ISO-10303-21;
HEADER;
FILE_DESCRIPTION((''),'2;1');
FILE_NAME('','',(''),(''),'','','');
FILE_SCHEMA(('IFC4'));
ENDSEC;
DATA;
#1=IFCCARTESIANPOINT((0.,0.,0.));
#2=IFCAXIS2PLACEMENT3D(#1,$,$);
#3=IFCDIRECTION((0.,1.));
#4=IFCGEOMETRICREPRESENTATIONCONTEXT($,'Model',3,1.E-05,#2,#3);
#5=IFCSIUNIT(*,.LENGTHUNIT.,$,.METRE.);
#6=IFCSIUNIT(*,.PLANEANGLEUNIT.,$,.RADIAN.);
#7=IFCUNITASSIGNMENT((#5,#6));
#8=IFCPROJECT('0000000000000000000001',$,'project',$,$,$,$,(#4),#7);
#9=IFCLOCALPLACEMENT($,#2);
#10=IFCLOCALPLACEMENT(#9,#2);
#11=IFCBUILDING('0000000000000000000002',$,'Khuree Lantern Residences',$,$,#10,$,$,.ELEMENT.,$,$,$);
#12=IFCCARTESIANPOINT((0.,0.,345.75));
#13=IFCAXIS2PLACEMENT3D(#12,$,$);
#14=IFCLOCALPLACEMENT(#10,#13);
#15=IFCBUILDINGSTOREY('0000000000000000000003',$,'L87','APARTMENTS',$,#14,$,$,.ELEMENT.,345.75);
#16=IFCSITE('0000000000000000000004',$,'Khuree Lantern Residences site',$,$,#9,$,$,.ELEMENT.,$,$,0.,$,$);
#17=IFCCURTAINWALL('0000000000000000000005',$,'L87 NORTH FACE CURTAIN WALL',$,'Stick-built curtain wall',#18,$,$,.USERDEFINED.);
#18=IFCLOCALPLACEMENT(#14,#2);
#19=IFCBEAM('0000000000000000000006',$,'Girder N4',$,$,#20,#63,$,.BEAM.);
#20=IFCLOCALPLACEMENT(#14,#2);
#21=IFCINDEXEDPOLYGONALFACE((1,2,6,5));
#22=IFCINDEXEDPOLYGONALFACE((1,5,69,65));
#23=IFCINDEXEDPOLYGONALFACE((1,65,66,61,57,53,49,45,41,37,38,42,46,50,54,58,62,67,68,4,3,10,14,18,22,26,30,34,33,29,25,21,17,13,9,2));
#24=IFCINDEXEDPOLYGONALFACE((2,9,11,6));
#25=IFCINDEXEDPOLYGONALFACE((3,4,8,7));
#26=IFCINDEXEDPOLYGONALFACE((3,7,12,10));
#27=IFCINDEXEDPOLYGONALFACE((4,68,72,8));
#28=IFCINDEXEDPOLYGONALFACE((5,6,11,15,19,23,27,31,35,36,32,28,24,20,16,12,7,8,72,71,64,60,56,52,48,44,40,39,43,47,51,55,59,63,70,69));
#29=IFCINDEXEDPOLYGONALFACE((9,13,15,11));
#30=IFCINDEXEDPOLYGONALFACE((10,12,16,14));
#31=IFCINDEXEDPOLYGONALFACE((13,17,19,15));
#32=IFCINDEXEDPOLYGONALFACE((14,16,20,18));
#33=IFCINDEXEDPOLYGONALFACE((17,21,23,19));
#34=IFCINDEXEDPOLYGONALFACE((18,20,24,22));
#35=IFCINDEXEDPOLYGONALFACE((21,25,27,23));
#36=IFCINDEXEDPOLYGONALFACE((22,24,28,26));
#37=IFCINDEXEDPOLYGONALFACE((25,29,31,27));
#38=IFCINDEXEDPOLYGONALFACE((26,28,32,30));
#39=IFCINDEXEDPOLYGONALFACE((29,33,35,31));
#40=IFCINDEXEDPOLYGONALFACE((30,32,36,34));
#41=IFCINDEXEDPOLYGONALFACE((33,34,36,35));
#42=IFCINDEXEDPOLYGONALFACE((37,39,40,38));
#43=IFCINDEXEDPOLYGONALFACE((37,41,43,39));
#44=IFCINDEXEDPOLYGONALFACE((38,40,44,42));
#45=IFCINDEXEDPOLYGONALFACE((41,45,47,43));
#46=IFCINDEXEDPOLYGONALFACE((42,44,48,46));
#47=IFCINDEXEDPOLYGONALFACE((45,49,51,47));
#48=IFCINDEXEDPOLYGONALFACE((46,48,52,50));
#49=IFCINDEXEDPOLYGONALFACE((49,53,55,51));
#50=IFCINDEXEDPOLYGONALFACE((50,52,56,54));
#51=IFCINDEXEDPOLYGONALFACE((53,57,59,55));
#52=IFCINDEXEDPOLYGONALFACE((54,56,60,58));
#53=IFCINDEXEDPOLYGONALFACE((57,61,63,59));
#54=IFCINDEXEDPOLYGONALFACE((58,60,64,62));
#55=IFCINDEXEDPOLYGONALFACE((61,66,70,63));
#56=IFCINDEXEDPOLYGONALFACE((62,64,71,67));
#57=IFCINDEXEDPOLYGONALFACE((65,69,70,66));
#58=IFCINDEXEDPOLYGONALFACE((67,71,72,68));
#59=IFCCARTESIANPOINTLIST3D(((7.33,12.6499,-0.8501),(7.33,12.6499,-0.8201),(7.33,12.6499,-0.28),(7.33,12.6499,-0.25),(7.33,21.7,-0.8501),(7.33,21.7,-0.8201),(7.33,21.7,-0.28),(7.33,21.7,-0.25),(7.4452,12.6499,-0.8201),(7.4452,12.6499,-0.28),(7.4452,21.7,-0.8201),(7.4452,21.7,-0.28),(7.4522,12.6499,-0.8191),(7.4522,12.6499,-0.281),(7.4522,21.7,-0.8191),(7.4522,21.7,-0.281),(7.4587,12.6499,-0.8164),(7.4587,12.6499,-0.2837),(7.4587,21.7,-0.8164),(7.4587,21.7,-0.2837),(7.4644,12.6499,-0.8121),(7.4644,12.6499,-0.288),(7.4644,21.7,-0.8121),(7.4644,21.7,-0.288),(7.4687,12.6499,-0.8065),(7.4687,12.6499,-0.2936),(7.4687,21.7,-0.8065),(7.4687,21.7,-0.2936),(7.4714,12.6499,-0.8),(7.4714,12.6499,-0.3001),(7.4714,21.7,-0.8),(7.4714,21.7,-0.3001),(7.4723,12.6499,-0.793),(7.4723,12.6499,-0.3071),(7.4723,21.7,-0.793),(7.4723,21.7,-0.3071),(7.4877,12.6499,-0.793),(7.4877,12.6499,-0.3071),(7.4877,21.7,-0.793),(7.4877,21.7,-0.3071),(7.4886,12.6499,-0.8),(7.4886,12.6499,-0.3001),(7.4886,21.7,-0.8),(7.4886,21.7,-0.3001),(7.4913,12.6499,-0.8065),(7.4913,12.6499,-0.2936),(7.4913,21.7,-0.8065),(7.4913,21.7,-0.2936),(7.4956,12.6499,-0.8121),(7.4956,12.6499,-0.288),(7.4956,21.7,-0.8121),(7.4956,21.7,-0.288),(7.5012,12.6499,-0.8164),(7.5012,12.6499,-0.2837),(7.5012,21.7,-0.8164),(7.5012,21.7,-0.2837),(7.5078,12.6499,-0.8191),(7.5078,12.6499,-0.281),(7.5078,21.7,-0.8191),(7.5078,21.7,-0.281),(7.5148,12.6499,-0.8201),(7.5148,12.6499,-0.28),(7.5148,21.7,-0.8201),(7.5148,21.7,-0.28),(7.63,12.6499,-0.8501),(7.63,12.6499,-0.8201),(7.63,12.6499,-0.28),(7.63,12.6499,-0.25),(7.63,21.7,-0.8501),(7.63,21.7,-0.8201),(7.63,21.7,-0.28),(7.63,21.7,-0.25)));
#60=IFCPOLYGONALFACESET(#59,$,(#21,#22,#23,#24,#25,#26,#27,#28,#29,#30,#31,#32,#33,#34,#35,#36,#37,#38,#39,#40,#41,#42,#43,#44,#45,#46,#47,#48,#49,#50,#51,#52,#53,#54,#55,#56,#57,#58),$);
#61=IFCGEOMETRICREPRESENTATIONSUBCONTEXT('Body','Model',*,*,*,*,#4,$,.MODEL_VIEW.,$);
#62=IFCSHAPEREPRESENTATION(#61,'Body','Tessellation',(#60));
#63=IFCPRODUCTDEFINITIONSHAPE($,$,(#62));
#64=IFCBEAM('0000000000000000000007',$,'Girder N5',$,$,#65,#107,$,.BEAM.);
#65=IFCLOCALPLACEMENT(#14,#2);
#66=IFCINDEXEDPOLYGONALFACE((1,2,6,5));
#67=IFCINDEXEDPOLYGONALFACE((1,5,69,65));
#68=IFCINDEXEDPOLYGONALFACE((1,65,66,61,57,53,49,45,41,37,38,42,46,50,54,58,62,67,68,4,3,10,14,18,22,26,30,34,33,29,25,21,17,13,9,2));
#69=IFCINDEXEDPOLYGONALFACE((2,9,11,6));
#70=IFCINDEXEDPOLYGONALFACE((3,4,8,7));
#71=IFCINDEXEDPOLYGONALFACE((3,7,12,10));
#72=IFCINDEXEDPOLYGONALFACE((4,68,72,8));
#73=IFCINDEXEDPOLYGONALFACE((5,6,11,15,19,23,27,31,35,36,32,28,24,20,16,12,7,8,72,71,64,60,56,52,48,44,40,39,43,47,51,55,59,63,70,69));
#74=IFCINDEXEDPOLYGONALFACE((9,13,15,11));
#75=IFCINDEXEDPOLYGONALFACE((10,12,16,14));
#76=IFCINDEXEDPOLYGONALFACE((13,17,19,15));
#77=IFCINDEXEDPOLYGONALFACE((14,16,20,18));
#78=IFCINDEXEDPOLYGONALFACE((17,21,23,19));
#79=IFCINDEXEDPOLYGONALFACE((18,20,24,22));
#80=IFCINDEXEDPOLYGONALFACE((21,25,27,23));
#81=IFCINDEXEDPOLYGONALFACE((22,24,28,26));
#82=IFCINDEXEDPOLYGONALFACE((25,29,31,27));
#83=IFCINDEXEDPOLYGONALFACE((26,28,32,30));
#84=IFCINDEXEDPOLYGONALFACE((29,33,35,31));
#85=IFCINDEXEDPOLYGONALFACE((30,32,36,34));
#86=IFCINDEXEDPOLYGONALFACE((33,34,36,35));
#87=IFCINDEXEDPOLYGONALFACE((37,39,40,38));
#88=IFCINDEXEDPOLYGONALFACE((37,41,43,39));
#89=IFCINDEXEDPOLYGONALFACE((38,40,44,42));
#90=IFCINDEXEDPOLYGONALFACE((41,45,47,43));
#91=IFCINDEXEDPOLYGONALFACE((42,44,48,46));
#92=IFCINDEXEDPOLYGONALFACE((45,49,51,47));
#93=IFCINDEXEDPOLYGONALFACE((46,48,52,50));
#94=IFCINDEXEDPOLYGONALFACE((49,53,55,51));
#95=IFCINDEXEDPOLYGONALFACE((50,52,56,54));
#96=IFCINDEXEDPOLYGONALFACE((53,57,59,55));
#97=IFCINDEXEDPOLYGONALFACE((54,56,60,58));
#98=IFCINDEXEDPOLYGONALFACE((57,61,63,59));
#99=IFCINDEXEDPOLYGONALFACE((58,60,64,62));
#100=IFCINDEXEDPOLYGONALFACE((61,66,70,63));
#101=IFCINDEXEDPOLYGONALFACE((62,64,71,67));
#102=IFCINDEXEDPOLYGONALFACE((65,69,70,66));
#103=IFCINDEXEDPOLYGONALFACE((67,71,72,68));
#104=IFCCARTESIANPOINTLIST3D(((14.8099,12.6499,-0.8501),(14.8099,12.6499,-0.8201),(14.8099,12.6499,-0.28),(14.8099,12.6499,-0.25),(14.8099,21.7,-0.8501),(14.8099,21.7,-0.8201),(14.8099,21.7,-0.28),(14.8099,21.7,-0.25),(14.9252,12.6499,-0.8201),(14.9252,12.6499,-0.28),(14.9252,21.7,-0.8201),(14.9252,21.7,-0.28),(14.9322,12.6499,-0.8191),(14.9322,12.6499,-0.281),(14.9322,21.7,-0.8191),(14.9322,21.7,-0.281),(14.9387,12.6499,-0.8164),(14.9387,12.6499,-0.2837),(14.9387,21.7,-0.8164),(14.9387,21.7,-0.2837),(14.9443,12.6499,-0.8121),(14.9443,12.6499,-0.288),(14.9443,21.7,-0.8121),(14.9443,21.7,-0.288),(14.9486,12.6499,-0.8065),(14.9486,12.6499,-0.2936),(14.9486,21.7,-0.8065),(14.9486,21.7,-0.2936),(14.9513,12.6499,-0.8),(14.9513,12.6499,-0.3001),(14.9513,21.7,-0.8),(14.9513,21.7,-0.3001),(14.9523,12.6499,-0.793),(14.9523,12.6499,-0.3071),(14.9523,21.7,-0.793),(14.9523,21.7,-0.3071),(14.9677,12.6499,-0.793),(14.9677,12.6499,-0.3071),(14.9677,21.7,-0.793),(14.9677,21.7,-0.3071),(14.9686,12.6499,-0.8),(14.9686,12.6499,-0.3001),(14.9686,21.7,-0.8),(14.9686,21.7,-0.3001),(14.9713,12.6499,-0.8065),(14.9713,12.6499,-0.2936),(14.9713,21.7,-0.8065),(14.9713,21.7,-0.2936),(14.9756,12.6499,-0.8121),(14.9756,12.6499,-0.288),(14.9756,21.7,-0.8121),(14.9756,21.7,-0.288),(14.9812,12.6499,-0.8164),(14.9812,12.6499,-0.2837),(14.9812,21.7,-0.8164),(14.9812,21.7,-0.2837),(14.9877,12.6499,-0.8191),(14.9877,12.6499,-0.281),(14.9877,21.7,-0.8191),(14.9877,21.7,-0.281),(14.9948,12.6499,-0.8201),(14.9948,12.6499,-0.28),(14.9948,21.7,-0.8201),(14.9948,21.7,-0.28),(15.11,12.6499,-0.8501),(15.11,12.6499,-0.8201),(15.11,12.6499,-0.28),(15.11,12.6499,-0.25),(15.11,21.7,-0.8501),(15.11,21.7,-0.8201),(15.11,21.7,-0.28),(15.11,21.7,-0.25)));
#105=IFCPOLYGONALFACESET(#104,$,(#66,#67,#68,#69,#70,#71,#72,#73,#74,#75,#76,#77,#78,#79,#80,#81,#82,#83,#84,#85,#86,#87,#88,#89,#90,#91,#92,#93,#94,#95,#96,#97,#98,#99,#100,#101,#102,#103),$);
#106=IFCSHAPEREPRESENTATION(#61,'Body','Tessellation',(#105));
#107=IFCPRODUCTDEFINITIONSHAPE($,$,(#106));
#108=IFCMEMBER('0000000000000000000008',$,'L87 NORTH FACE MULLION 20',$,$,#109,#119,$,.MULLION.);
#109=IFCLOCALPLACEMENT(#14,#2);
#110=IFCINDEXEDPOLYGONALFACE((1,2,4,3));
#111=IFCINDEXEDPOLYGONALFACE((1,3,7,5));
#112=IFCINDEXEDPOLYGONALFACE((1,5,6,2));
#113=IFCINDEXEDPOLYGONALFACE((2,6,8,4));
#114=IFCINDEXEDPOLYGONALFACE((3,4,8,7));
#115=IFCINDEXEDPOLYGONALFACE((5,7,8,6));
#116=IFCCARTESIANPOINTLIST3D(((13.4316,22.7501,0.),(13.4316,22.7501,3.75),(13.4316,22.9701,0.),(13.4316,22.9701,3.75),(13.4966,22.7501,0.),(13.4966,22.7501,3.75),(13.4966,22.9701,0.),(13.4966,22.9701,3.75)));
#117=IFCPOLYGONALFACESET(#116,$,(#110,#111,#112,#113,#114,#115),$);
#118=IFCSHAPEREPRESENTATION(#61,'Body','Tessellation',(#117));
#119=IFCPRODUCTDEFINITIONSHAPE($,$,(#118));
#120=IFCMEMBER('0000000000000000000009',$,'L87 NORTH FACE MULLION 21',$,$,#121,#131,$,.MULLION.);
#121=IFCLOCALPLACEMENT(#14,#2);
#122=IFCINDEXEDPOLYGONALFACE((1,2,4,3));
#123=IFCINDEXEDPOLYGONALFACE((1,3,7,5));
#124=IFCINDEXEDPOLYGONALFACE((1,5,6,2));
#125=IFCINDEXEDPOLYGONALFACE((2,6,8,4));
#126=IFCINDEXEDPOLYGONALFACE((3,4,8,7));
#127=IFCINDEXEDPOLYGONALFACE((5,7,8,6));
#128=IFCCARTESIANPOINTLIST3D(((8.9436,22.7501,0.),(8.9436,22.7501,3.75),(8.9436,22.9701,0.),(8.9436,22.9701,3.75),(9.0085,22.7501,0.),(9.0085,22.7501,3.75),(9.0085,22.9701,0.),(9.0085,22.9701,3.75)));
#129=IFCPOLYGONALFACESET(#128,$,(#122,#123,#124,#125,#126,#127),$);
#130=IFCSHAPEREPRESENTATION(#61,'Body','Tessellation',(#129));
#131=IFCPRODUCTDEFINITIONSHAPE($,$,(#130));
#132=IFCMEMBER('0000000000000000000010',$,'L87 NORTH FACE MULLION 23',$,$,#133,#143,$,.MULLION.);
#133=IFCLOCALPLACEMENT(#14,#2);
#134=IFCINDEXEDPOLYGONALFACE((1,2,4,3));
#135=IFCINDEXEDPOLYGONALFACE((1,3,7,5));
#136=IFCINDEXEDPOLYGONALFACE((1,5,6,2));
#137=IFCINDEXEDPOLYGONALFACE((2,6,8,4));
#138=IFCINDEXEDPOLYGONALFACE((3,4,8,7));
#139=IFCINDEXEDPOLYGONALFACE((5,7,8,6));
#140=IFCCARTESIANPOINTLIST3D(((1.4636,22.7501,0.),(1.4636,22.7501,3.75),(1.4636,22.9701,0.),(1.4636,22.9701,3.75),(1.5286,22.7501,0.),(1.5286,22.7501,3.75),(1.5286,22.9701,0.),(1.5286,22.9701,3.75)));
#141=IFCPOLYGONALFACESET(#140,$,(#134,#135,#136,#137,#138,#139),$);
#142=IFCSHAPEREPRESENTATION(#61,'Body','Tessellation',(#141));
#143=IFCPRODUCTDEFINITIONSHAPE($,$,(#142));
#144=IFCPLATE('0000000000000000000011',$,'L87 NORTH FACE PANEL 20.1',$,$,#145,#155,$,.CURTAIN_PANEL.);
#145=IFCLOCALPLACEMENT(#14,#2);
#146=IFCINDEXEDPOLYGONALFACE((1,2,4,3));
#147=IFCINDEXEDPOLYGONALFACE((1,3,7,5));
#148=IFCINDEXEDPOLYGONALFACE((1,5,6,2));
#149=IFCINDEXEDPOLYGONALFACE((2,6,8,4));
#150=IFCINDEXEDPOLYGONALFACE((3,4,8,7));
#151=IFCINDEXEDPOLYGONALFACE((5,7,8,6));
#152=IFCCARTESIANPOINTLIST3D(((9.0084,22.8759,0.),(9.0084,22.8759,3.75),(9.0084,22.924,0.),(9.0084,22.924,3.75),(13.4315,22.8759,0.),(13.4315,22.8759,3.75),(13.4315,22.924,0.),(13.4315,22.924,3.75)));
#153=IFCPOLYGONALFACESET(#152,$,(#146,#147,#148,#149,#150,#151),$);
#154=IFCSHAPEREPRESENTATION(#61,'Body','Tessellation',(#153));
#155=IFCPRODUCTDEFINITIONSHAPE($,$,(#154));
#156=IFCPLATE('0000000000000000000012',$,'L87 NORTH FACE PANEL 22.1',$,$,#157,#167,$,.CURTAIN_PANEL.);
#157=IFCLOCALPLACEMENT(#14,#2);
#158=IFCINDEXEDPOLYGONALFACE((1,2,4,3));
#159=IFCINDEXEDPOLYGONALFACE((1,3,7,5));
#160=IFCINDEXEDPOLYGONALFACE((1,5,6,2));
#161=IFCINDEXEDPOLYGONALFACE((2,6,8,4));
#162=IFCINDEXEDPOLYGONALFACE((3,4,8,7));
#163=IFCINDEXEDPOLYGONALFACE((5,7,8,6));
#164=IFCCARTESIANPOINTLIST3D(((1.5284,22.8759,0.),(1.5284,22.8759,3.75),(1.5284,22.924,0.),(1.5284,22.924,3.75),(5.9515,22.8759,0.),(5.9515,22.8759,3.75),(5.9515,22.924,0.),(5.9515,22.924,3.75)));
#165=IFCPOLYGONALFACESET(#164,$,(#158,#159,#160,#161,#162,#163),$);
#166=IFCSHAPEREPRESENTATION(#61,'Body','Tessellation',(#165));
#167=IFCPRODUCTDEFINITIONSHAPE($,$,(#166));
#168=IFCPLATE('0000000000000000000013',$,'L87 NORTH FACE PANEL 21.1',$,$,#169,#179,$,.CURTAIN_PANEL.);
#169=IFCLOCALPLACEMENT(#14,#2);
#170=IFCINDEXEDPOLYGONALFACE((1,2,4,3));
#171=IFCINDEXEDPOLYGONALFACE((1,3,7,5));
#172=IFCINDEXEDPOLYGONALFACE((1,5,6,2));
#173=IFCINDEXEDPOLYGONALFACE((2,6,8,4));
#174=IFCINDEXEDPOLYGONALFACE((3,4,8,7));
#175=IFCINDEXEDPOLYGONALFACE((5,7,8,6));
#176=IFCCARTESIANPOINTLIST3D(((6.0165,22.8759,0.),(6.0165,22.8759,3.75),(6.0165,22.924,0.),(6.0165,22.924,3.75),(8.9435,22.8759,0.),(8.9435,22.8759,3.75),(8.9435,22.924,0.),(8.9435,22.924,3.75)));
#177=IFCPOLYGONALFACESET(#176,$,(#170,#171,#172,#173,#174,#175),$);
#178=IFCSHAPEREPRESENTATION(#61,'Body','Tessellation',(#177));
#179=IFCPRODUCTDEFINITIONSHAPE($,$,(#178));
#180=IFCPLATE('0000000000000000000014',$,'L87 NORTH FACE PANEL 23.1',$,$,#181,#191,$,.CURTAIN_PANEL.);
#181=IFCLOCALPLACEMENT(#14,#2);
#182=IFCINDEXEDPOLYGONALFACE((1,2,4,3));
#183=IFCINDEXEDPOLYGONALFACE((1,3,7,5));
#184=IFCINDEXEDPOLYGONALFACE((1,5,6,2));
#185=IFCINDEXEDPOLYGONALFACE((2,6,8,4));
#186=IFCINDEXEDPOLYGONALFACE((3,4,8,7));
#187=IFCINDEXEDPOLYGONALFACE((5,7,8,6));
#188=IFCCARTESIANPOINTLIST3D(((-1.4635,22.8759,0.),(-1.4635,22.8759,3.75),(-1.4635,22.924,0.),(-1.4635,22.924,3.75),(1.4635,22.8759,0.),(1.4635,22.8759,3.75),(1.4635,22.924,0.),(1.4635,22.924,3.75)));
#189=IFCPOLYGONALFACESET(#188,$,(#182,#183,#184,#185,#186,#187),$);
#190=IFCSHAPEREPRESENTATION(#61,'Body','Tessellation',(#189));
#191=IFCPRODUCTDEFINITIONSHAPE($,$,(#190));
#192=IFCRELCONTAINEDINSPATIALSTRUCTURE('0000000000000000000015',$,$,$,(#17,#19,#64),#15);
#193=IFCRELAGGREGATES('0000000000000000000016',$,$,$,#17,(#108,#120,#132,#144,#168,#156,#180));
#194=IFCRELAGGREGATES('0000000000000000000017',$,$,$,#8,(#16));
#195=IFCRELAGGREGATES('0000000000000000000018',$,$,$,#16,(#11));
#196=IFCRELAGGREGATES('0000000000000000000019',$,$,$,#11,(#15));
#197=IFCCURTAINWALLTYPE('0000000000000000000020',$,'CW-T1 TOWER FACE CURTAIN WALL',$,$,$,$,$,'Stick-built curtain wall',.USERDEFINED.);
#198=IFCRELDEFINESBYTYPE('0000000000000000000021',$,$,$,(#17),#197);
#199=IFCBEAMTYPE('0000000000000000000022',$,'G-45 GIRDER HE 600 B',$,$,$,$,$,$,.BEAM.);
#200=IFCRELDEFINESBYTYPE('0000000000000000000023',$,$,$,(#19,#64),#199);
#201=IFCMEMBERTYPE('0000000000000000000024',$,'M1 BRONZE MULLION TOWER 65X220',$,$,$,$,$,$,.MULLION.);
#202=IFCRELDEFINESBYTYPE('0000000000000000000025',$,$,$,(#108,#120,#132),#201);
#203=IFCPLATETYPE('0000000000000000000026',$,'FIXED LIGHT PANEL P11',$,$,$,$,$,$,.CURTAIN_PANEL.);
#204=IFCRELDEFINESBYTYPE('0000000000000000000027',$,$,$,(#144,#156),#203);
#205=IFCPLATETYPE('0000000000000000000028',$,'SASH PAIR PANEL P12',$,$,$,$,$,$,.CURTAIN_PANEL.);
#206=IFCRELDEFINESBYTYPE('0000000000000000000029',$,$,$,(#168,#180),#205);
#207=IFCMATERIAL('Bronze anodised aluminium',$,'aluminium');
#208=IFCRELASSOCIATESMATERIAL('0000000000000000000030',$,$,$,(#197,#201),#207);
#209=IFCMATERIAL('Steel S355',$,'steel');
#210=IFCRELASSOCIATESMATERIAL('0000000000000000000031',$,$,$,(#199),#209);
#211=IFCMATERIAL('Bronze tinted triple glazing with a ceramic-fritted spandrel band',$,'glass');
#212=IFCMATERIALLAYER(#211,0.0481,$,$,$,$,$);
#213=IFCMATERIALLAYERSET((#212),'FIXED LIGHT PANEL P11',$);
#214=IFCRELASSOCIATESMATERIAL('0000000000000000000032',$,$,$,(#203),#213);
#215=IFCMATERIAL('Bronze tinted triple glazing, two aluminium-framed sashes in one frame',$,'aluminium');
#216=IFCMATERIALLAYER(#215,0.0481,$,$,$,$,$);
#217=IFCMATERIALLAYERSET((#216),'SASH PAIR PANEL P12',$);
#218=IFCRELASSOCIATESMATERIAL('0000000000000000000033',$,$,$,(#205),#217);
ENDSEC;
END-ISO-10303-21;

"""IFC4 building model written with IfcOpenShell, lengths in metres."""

from ifc_helpers import new_model, si_unit, direction, frame, origin, origin_2d, place, context, subcontext, project, spatial, rectangle, i_section, extrude, material, layer, layer_set, material_profile, profile_set, type_object, element, aggregate, save


model = new_model("IFC4")

# Units and contexts
model_context = context("Model", 3, precision=1e-05, world=origin(), true_north=direction((0.0, 1.0)))
body_context = subcontext(model_context, "Body", "Model", "MODEL_VIEW")
ifc_project = project(units=[si_unit("LENGTHUNIT", "METRE"), si_unit("PLANEANGLEUNIT", "RADIAN")], contexts=[model_context])

# Site, building, storey
site_placement = place(None, origin())
site = spatial("IfcSite", under=ifc_project, at=site_placement, Name="Khuree Lantern Residences site", CompositionType="ELEMENT", RefElevation=0.0)
building_placement = place(site_placement, origin())
building = spatial("IfcBuilding", under=site, at=building_placement, Name="Khuree Lantern Residences", CompositionType="ELEMENT")
storey_placement = place(building_placement, frame((0.0, 0.0, 345.75)))
storey = spatial("IfcBuildingStorey", under=building, at=storey_placement, Name="L87", Description="APARTMENTS", CompositionType="ELEMENT", Elevation=345.75)

# Shared definitions
ifc_material_1 = material(Name="Steel S355", Category="steel")

# Curtain wall
ifc_material_2 = material(Name="Bronze anodised aluminium", Category="aluminium")
curtain_wall_type = type_object("IfcCurtainWallType", Name="CW-T1 TOWER FACE CURTAIN WALL", ElementType="Stick-built curtain wall", PredefinedType="USERDEFINED", material=ifc_material_2)
curtain_wall_placement = place(storey_placement, origin())
curtain_wall = element("IfcCurtainWall", 1, at=curtain_wall_placement, inside=storey, type_object=curtain_wall_type, Name="L87 NORTH FACE CURTAIN WALL", ObjectType="Stick-built curtain wall", PredefinedType="USERDEFINED")

# Beams
ifc_material_profile_1 = material_profile(ifc_material_1, i_section(OverallWidth=0.3, OverallDepth=0.6001, WebThickness=0.0154, FlangeThickness=0.03, FilletRadius=0.0271, at=origin_2d()), Name="HE 600 B")
ifc_profile_set_1 = profile_set([ifc_material_profile_1], Name="Steel S355")
beam_type_1 = type_object("IfcBeamType", Name="G-45 GIRDER HE 600 B", PredefinedType="BEAM", material=ifc_profile_set_1)
for number, where, z_axis, x_axis, name in (
    (2, (7.48, 21.7, -0.55), (0.0, -1.0, 0.0), (1.0, 0.0, 0.0), "Girder N4"),
    (3, (14.96, 21.7, -0.55), (0.0, -1.0, 0.0), (1.0, 0.0, 0.0), "Girder N5"),
):
    element("IfcBeam", number, at=place(storey_placement, frame(where, z_axis=z_axis, x_axis=x_axis)), inside=storey, type_object=beam_type_1, Name=name, PredefinedType="BEAM", context=body_context, shape_type="SweptSolid", body=[
        extrude(i_section(OverallWidth=0.3, OverallDepth=0.6001, WebThickness=0.0154, FlangeThickness=0.03, FilletRadius=0.0271, at=origin_2d()), origin(), (0.0, 0.0, 1.0), 9.05),
    ])

# Members
ifc_material_profile_2 = material_profile(ifc_material_2, rectangle(XDim=0.0649, YDim=0.22, at=origin_2d()), Name="M1 65X220")
ifc_profile_set_2 = profile_set([ifc_material_profile_2], Name="Bronze anodised aluminium")
member_type_1 = type_object("IfcMemberType", Name="M1 BRONZE MULLION TOWER 65X220", PredefinedType="MULLION", material=ifc_profile_set_2)
member_1_placement = place(storey_placement, frame((13.4641, 22.8601, 0.0), z_axis=(0.0, 0.0, 1.0), x_axis=(-1.0, 0.0, 0.0)))
member_1 = element("IfcMember", 4, at=member_1_placement, type_object=member_type_1, Name="L87 NORTH FACE MULLION 20", PredefinedType="MULLION", context=body_context, shape_type="SweptSolid", body=[
    extrude(rectangle(XDim=0.0649, YDim=0.22, at=origin_2d()), origin(), (0.0, 0.0, 1.0), 3.75),
])
member_2_placement = place(storey_placement, frame((8.9761, 22.8601, 0.0), z_axis=(0.0, 0.0, 1.0), x_axis=(-1.0, 0.0, 0.0)))
member_2 = element("IfcMember", 5, at=member_2_placement, type_object=member_type_1, Name="L87 NORTH FACE MULLION 21", PredefinedType="MULLION", context=body_context, shape_type="SweptSolid", body=[
    extrude(rectangle(XDim=0.0649, YDim=0.22, at=origin_2d()), origin(), (0.0, 0.0, 1.0), 3.75),
])
member_3_placement = place(storey_placement, frame((1.4961, 22.8601, 0.0), z_axis=(0.0, 0.0, 1.0), x_axis=(-1.0, 0.0, 0.0)))
member_3 = element("IfcMember", 6, at=member_3_placement, type_object=member_type_1, Name="L87 NORTH FACE MULLION 23", PredefinedType="MULLION", context=body_context, shape_type="SweptSolid", body=[
    extrude(rectangle(XDim=0.0649, YDim=0.22, at=origin_2d()), origin(), (0.0, 0.0, 1.0), 3.75),
])

# Plates
ifc_material_3 = material(Name="Bronze tinted triple glazing with a ceramic-fritted spandrel band", Category="glass")
ifc_layer_1 = layer(ifc_material_3, 0.0481)
ifc_layer_set_1 = layer_set([ifc_layer_1], Name="FIXED LIGHT PANEL P11")
plate_type_1 = type_object("IfcPlateType", Name="FIXED LIGHT PANEL P11", PredefinedType="CURTAIN_PANEL", material=ifc_layer_set_1)
plate_1_placement = place(storey_placement, frame((11.22, 22.8999, 0.0), z_axis=(0.0, 0.0, 1.0), x_axis=(-1.0, 0.0, 0.0)))
plate_1 = element("IfcPlate", 7, at=plate_1_placement, type_object=plate_type_1, Name="L87 NORTH FACE PANEL 20.1", PredefinedType="CURTAIN_PANEL", context=body_context, shape_type="SweptSolid", body=[
    extrude(rectangle(XDim=4.4231, YDim=0.0481, at=origin_2d()), origin(), (0.0, 0.0, 1.0), 3.75),
])
plate_2_placement = place(storey_placement, frame((3.74, 22.8999, 0.0), z_axis=(0.0, 0.0, 1.0), x_axis=(-1.0, 0.0, 0.0)))
plate_2 = element("IfcPlate", 8, at=plate_2_placement, type_object=plate_type_1, Name="L87 NORTH FACE PANEL 22.1", PredefinedType="CURTAIN_PANEL", context=body_context, shape_type="SweptSolid", body=[
    extrude(rectangle(XDim=4.4231, YDim=0.0481, at=origin_2d()), origin(), (0.0, 0.0, 1.0), 3.75),
])
ifc_material_4 = material(Name="Bronze tinted triple glazing, two aluminium-framed sashes in one frame", Category="aluminium")
ifc_layer_2 = layer(ifc_material_4, 0.0481)
ifc_layer_set_2 = layer_set([ifc_layer_2], Name="SASH PAIR PANEL P12")
plate_type_2 = type_object("IfcPlateType", Name="SASH PAIR PANEL P12", PredefinedType="CURTAIN_PANEL", material=ifc_layer_set_2)
plate_3_placement = place(storey_placement, frame((7.48, 22.8999, 0.0), z_axis=(0.0, 0.0, 1.0), x_axis=(-1.0, 0.0, 0.0)))
plate_3 = element("IfcPlate", 9, at=plate_3_placement, type_object=plate_type_2, Name="L87 NORTH FACE PANEL 21.1", PredefinedType="CURTAIN_PANEL", context=body_context, shape_type="SweptSolid", body=[
    extrude(rectangle(XDim=2.927, YDim=0.0481, at=origin_2d()), origin(), (0.0, 0.0, 1.0), 3.75),
])
plate_4_placement = place(storey_placement, frame((0.0, 22.8999, 0.0), z_axis=(0.0, 0.0, 1.0), x_axis=(-1.0, 0.0, 0.0)))
plate_4 = element("IfcPlate", 10, at=plate_4_placement, type_object=plate_type_2, Name="L87 NORTH FACE PANEL 23.1", PredefinedType="CURTAIN_PANEL", context=body_context, shape_type="SweptSolid", body=[
    extrude(rectangle(XDim=2.927, YDim=0.0481, at=origin_2d()), origin(), (0.0, 0.0, 1.0), 3.75),
])
aggregate(curtain_wall, [member_1, member_2, member_3, plate_1, plate_3, plate_2, plate_4])

save(model, "model.ifc")
